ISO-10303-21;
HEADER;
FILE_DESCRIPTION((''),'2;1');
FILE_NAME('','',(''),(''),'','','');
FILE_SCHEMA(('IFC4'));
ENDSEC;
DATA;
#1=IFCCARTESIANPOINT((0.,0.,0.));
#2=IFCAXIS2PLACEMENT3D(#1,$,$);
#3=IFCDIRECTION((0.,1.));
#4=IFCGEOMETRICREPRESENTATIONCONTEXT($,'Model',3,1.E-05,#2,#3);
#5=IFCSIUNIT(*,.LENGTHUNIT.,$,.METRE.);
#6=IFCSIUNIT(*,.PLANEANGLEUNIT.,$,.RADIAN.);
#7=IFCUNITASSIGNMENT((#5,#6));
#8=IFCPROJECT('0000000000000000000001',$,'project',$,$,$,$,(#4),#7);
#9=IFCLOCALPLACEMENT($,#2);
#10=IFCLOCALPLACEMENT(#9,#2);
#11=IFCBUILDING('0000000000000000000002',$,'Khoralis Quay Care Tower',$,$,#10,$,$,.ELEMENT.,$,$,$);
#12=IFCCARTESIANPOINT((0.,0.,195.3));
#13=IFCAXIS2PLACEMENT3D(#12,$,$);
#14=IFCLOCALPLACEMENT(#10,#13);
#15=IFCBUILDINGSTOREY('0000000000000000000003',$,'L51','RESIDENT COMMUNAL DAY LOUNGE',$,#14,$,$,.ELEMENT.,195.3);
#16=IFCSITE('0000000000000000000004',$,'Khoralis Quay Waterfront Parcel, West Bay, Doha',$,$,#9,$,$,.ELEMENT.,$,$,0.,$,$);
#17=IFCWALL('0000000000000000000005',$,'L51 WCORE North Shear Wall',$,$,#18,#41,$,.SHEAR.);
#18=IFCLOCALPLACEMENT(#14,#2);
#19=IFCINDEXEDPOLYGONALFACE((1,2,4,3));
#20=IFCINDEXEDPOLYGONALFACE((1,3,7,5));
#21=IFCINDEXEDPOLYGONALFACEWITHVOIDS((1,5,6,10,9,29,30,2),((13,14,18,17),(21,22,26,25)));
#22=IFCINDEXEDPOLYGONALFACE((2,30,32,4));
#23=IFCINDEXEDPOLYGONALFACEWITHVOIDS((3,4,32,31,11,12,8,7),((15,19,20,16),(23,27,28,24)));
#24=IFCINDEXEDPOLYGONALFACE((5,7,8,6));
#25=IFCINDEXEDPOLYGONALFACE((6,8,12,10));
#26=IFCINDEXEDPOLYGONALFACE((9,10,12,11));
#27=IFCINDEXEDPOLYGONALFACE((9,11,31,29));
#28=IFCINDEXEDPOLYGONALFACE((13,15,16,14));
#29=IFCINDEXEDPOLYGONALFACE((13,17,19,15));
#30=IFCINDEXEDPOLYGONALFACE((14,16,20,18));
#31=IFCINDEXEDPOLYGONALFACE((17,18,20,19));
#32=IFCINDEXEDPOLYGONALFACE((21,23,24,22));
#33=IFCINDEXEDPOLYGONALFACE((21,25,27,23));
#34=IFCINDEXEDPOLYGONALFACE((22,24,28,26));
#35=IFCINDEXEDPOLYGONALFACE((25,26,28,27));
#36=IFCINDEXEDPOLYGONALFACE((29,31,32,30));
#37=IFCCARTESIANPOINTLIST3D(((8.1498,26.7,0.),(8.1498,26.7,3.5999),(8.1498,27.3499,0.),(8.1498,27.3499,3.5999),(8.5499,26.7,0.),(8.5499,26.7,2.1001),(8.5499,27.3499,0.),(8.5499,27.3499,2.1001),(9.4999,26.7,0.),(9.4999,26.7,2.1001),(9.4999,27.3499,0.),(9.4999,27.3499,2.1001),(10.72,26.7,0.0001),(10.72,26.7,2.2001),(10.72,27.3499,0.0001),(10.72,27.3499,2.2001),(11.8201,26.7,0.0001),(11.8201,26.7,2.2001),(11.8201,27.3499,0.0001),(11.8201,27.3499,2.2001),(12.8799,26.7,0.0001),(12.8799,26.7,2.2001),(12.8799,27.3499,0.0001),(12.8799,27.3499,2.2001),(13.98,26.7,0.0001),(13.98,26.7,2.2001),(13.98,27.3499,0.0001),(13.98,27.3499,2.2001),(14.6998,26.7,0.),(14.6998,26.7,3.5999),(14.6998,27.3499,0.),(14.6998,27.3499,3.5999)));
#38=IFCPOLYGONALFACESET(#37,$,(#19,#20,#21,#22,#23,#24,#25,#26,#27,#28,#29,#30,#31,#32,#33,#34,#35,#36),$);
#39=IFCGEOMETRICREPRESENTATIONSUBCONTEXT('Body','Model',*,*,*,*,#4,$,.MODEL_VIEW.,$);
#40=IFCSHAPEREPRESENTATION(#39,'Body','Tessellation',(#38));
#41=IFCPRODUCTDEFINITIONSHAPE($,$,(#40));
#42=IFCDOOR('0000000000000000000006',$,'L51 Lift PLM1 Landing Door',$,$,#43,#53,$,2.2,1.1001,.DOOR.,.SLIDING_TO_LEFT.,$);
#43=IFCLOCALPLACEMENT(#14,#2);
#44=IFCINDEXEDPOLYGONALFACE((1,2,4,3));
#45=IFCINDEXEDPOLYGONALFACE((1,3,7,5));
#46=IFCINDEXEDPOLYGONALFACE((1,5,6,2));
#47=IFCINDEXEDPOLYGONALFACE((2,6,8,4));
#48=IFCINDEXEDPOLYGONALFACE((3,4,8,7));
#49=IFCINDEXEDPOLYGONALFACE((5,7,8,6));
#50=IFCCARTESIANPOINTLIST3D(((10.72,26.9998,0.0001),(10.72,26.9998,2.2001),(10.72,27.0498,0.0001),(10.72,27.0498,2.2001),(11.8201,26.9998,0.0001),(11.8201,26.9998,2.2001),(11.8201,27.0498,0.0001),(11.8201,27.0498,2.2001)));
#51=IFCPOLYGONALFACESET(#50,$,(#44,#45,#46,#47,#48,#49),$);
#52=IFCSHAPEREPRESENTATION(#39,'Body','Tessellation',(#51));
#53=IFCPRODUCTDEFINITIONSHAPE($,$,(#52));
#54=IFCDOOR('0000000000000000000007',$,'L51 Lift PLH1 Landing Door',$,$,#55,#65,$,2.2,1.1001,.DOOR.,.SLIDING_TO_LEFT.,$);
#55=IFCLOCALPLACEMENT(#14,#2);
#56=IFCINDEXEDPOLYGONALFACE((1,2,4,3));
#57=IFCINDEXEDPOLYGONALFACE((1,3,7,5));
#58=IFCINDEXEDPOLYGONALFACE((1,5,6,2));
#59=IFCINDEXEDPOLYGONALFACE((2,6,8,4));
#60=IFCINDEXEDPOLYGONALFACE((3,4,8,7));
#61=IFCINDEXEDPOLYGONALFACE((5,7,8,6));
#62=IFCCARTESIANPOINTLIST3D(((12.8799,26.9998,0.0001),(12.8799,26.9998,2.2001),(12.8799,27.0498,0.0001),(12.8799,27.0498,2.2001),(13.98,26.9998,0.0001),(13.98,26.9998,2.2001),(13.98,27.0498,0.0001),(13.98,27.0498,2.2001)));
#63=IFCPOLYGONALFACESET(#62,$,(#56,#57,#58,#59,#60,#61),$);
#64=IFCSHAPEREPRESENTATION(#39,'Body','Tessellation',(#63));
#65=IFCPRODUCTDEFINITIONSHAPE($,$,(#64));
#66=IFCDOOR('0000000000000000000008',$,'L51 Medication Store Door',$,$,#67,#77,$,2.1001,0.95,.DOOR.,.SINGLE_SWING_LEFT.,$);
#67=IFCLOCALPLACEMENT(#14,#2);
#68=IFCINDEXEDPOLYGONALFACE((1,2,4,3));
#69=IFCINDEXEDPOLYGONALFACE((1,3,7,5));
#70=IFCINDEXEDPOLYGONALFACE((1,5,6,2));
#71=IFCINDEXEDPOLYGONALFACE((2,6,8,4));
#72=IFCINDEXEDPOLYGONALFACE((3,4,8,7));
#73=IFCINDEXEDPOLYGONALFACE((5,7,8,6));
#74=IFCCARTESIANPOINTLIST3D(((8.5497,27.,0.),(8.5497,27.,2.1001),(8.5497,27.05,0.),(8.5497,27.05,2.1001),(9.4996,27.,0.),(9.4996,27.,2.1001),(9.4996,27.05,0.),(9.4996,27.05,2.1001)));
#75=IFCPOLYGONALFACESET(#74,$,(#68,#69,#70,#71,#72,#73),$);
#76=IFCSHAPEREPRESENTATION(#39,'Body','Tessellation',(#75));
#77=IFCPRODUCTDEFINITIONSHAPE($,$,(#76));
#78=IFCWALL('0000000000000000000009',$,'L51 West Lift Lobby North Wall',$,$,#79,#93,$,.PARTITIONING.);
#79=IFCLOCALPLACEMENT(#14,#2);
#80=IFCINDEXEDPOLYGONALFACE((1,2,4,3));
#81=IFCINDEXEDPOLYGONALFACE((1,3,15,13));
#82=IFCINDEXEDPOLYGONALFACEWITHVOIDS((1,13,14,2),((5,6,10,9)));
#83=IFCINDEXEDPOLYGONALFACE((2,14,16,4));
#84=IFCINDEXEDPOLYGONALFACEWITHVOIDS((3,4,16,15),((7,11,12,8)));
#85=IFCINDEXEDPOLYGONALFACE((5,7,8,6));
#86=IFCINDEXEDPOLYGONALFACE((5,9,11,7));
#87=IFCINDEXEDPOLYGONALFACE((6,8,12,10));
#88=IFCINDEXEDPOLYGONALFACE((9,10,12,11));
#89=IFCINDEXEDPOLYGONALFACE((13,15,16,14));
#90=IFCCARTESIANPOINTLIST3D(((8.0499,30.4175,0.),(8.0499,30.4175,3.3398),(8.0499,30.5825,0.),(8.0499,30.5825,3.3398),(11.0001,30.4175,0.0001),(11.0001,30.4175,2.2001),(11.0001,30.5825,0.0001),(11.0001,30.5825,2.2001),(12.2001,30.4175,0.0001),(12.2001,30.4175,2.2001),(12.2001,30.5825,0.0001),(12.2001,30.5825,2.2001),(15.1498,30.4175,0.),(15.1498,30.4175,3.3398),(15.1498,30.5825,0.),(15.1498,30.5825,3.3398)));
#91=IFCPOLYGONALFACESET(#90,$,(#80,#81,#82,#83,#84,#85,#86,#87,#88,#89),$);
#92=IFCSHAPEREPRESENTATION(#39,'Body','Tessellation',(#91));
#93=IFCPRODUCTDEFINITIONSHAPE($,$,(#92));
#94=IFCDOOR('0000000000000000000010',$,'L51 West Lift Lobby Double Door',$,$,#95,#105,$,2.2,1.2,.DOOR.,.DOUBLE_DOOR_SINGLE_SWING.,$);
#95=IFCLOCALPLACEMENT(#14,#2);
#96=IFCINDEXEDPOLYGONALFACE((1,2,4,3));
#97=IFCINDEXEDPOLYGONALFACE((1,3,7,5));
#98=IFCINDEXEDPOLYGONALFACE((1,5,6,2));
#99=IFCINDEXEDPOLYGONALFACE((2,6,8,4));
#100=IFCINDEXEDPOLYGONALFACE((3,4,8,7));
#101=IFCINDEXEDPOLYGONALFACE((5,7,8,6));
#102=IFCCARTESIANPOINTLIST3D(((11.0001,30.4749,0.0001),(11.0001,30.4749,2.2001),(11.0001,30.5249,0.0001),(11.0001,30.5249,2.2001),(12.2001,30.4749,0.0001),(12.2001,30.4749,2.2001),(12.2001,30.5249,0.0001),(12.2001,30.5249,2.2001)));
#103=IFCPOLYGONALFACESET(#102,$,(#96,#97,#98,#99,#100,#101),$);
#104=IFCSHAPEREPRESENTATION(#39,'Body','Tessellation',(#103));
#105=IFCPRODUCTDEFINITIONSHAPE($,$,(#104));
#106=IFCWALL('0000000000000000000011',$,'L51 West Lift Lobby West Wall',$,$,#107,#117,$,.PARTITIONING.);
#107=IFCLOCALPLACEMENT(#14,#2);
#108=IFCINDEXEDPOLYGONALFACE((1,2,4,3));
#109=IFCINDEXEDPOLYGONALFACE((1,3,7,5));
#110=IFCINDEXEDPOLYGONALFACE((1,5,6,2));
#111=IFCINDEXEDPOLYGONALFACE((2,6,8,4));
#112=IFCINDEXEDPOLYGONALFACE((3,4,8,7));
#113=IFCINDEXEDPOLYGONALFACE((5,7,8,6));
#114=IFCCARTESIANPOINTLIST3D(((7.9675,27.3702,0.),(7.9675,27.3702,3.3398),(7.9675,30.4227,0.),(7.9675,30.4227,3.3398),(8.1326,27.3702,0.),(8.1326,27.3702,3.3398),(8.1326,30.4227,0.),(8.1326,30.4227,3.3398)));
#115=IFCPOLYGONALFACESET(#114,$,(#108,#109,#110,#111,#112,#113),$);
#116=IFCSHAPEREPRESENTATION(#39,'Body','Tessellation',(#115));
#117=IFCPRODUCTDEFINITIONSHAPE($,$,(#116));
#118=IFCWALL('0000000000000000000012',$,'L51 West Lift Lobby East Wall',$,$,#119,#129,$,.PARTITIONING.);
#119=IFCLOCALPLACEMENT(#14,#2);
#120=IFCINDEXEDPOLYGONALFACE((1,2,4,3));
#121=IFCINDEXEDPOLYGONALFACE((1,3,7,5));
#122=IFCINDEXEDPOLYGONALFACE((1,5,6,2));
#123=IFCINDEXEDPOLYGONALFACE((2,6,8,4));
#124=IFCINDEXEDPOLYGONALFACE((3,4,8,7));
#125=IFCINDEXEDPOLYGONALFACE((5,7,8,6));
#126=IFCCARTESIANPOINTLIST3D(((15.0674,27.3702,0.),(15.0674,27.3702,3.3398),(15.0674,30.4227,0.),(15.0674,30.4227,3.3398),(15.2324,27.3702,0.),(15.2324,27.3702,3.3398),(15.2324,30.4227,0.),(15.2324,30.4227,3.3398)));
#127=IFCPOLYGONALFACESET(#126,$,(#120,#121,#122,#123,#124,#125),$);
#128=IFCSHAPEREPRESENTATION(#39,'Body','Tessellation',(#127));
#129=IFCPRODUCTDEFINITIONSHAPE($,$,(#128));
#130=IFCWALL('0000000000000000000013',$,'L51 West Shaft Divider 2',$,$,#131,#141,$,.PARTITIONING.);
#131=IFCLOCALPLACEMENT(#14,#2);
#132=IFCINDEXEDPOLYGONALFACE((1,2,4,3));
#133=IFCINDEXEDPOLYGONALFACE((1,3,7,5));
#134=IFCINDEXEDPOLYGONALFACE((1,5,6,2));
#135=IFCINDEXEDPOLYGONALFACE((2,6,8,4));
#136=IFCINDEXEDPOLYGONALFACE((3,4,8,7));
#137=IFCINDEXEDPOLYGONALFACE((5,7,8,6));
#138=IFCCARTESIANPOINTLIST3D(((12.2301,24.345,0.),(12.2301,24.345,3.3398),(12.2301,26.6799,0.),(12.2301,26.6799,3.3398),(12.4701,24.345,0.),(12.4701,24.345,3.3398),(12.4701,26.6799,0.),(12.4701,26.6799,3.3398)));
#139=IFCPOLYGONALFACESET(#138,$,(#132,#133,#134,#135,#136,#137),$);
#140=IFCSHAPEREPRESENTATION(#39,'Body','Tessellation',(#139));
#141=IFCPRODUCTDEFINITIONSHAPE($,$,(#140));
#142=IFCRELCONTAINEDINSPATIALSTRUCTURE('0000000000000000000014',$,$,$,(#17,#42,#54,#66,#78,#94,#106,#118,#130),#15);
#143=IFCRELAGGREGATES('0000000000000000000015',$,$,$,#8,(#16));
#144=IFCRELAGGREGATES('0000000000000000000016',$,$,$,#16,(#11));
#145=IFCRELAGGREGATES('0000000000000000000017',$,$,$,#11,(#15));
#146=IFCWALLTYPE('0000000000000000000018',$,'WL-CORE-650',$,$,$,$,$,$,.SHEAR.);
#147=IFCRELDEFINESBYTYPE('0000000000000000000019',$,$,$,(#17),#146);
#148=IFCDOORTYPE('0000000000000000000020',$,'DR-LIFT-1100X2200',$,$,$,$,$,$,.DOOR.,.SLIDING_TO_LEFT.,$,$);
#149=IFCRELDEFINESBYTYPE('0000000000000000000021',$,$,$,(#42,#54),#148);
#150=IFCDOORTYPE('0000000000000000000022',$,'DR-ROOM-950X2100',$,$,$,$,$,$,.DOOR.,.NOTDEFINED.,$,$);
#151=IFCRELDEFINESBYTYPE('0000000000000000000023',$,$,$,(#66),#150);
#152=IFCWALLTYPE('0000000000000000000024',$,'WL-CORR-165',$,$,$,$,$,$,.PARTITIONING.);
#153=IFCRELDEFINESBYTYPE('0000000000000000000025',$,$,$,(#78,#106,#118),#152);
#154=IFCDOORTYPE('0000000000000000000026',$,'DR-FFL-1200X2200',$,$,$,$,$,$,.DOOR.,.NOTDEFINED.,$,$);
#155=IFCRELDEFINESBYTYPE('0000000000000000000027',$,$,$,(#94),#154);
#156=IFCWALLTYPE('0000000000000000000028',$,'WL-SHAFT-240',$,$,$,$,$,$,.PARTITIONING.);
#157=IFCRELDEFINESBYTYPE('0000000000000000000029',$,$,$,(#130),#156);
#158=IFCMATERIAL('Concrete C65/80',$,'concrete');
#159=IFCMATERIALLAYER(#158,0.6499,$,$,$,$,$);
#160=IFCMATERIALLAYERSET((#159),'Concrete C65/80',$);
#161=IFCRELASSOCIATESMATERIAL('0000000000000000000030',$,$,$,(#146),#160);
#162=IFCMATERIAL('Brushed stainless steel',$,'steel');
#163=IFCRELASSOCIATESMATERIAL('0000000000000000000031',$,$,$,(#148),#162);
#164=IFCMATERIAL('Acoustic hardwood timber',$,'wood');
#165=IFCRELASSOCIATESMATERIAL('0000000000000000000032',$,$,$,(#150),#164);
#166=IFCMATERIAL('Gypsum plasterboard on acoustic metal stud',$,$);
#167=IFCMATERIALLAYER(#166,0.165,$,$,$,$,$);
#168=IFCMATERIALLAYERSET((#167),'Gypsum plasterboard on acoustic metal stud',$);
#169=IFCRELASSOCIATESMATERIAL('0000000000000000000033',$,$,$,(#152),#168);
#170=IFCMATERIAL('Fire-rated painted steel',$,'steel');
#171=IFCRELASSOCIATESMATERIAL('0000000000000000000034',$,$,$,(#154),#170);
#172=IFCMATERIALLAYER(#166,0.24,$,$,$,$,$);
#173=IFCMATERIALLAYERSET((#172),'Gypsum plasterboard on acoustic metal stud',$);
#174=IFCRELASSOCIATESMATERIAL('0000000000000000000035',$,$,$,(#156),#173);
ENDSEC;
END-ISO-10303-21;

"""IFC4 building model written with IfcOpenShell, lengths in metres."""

from ifc_helpers import new_model, si_unit, direction, frame, frame_2d, origin, place, context, subcontext, project, spatial, rectangle, extrude, source, transform, mapped, material, layer, layer_set, type_object, element, fill, save


model = new_model("IFC4")

# Units and contexts
model_context = context("Model", 3, precision=1e-05, world=origin(), true_north=direction((0.0, 1.0)))
body_context = subcontext(model_context, "Body", "Model", "MODEL_VIEW")
ifc_project = project(units=[si_unit("LENGTHUNIT", "METRE"), si_unit("PLANEANGLEUNIT", "RADIAN")], contexts=[model_context])

# Site, building, storey
site_placement = place(None, origin())
site = spatial("IfcSite", under=ifc_project, at=site_placement, Name="Khoralis Quay Waterfront Parcel, West Bay, Doha", CompositionType="ELEMENT", RefElevation=0.0)
building_placement = place(site_placement, origin())
building = spatial("IfcBuilding", under=site, at=building_placement, Name="Khoralis Quay Care Tower", CompositionType="ELEMENT")
storey_placement = place(building_placement, frame((0.0, 0.0, 195.3)))
storey = spatial("IfcBuildingStorey", under=building, at=storey_placement, Name="L51", Description="RESIDENT COMMUNAL DAY LOUNGE", CompositionType="ELEMENT", Elevation=195.3)

# Shared definitions
ifc_material_1 = material(Name="Concrete C65/80", Category="concrete")

# Wall, openings, doors
ifc_layer_1 = layer(ifc_material_1, 0.6499)
ifc_layer_set_1 = layer_set([ifc_layer_1], Name="Concrete C65/80")
wall_type_1 = type_object("IfcWallType", Name="WL-CORE-650", PredefinedType="SHEAR", material=ifc_layer_set_1)
wall_1_placement = place(storey_placement, frame((8.1499, 27.0249, 0.0), z_axis=(0.0, 0.0, 1.0), x_axis=(1.0, 0.0, 0.0)))
wall_1 = element("IfcWall", 1, at=wall_1_placement, inside=storey, type_object=wall_type_1, Name="L51 WCORE North Shear Wall", PredefinedType="SHEAR", context=body_context, shape_type="SweptSolid", body=[
    extrude(rectangle(XDim=6.55, YDim=0.6499, at=frame_2d((3.2749, 0.0))), origin(), (0.0, 0.0, 1.0), 3.5999),
])
opening_1_placement = place(wall_1_placement, frame((0.3999, 0.0, 0.0)))
opening_1 = element("IfcOpeningElement", 2, at=opening_1_placement, cuts=wall_1, PredefinedType="OPENING", context=body_context, shape_type="SweptSolid", body=[
    extrude(rectangle(XDim=0.95, YDim=2.1001, at=frame_2d((0.4751, 1.05))), frame((0.0, 0.335, 0.0), z_axis=(0.0, -1.0, 0.0), x_axis=(1.0, 0.0, 0.0)), (0.0, 0.0, 1.0), 0.6699),
])
opening_2_placement = place(wall_1_placement, frame((2.5701, 0.0, 0.0)))
opening_2 = element("IfcOpeningElement", 3, at=opening_2_placement, cuts=wall_1, PredefinedType="OPENING", context=body_context, shape_type="SweptSolid", body=[
    extrude(rectangle(XDim=1.1001, YDim=2.2, at=frame_2d((0.55, 1.1001))), frame((0.0, 0.335, 0.0), z_axis=(0.0, -1.0, 0.0), x_axis=(1.0, 0.0, 0.0)), (0.0, 0.0, 1.0), 0.6699),
])
opening_3_placement = place(wall_1_placement, frame((4.73, 0.0, 0.0)))
opening_3 = element("IfcOpeningElement", 4, at=opening_3_placement, cuts=wall_1, PredefinedType="OPENING", context=body_context, shape_type="SweptSolid", body=[
    extrude(rectangle(XDim=1.1001, YDim=2.2, at=frame_2d((0.55, 1.1001))), frame((0.0, 0.335, 0.0), z_axis=(0.0, -1.0, 0.0), x_axis=(1.0, 0.0, 0.0)), (0.0, 0.0, 1.0), 0.6699),
])
ifc_material_2 = material(Name="Brushed stainless steel", Category="steel")
door_type_1 = type_object("IfcDoorType", Name="DR-LIFT-1100X2200", OperationType="SLIDING_TO_LEFT", PredefinedType="DOOR", material=ifc_material_2)
shared_shape_1 = source(origin(), body_context, "Body", "SweptSolid", [
    extrude(rectangle(XDim=1.1001, YDim=2.2, at=frame_2d((0.55, 1.1001))), frame((0.0, 0.0249, 0.0), z_axis=(0.0, -1.0, 0.0), x_axis=(1.0, 0.0, 0.0)), (0.0, 0.0, 1.0), 0.05),
])
door_1_placement = place(opening_2_placement, origin())
door_1 = element("IfcDoor", 5, at=door_1_placement, inside=storey, type_object=door_type_1, Name="L51 Lift PLM1 Landing Door", OperationType="SLIDING_TO_LEFT", OverallHeight=2.2, OverallWidth=1.1001, PredefinedType="DOOR", context=body_context, shape_type="MappedRepresentation", body=[
    mapped(shared_shape_1, transform((0.0, 0.0, 0.0), scale=1.0)),
])
fill(opening_2, door_1)
door_2_placement = place(opening_3_placement, origin())
door_2 = element("IfcDoor", 6, at=door_2_placement, inside=storey, type_object=door_type_1, Name="L51 Lift PLH1 Landing Door", OperationType="SLIDING_TO_LEFT", OverallHeight=2.2, OverallWidth=1.1001, PredefinedType="DOOR", context=body_context, shape_type="MappedRepresentation", body=[
    mapped(shared_shape_1, transform((0.0, 0.0, 0.0), scale=1.0)),
])
fill(opening_3, door_2)
ifc_material_3 = material(Name="Acoustic hardwood timber", Category="wood")
door_type_2 = type_object("IfcDoorType", Name="DR-ROOM-950X2100", OperationType="NOTDEFINED", PredefinedType="DOOR", material=ifc_material_3)
shared_shape_2 = source(origin(), body_context, "Body", "SweptSolid", [
    extrude(rectangle(XDim=0.95, YDim=2.1001, at=frame_2d((0.4751, 1.05))), frame((0.0, 0.0249, 0.0), z_axis=(0.0, -1.0, 0.0), x_axis=(1.0, 0.0, 0.0)), (0.0, 0.0, 1.0), 0.05),
])
door_3_placement = place(opening_1_placement, frame((0.95, 0.0, 0.0), z_axis=(0.0, 0.0, 1.0), x_axis=(-1.0, 0.0, 0.0)))
door_3 = element("IfcDoor", 7, at=door_3_placement, inside=storey, type_object=door_type_2, Name="L51 Medication Store Door", OperationType="SINGLE_SWING_LEFT", OverallHeight=2.1001, OverallWidth=0.95, PredefinedType="DOOR", context=body_context, shape_type="MappedRepresentation", body=[
    mapped(shared_shape_2, transform((0.0, 0.0, 0.0), scale=1.0)),
])
fill(opening_1, door_3)

# Wall, opening, door
ifc_material_4 = material(Name="Gypsum plasterboard on acoustic metal stud")
ifc_layer_2 = layer(ifc_material_4, 0.165)
ifc_layer_set_2 = layer_set([ifc_layer_2], Name="Gypsum plasterboard on acoustic metal stud")
wall_type_2 = type_object("IfcWallType", Name="WL-CORR-165", PredefinedType="PARTITIONING", material=ifc_layer_set_2)
wall_2_placement = place(storey_placement, frame((8.05, 30.5, 0.0), z_axis=(0.0, 0.0, 1.0), x_axis=(1.0, 0.0, 0.0)))
wall_2 = element("IfcWall", 8, at=wall_2_placement, inside=storey, type_object=wall_type_2, Name="L51 West Lift Lobby North Wall", PredefinedType="PARTITIONING", context=body_context, shape_type="SweptSolid", body=[
    extrude(rectangle(XDim=7.0999, YDim=0.165, at=frame_2d((3.5498, 0.0))), origin(), (0.0, 0.0, 1.0), 3.3398),
])
opening_4_placement = place(wall_2_placement, frame((2.95, 0.0, 0.0)))
opening_4 = element("IfcOpeningElement", 9, at=opening_4_placement, cuts=wall_2, PredefinedType="OPENING", context=body_context, shape_type="SweptSolid", body=[
    extrude(rectangle(XDim=1.2, YDim=2.2, at=frame_2d((0.6001, 1.1001))), frame((0.0, 0.0925, 0.0), z_axis=(0.0, -1.0, 0.0), x_axis=(1.0, 0.0, 0.0)), (0.0, 0.0, 1.0), 0.1851),
])
ifc_material_5 = material(Name="Fire-rated painted steel", Category="steel")
door_type_3 = type_object("IfcDoorType", Name="DR-FFL-1200X2200", OperationType="NOTDEFINED", PredefinedType="DOOR", material=ifc_material_5)
shared_shape_3 = source(origin(), body_context, "Body", "SweptSolid", [
    extrude(rectangle(XDim=1.2, YDim=2.2, at=frame_2d((0.6001, 1.1001))), frame((0.0, 0.0249, 0.0), z_axis=(0.0, -1.0, 0.0), x_axis=(1.0, 0.0, 0.0)), (0.0, 0.0, 1.0), 0.05),
])
door_4_placement = place(opening_4_placement, origin())
door_4 = element("IfcDoor", 10, at=door_4_placement, inside=storey, type_object=door_type_3, Name="L51 West Lift Lobby Double Door", OperationType="DOUBLE_DOOR_SINGLE_SWING", OverallHeight=2.2, OverallWidth=1.2, PredefinedType="DOOR", context=body_context, shape_type="MappedRepresentation", body=[
    mapped(shared_shape_3, transform((0.0, 0.0, 0.0), scale=1.0)),
])
fill(opening_4, door_4)

# Walls
for number, where, z_axis, x_axis, name in (
    (11, (8.05, 27.3701, 0.0), (0.0, 0.0, 1.0), (0.0, 1.0, 0.0), "L51 West Lift Lobby West Wall"),
    (12, (15.1499, 27.3701, 0.0), (0.0, 0.0, 1.0), (0.0, 1.0, 0.0), "L51 West Lift Lobby East Wall"),
):
    element("IfcWall", number, at=place(storey_placement, frame(where, z_axis=z_axis, x_axis=x_axis)), inside=storey, type_object=wall_type_2, Name=name, PredefinedType="PARTITIONING", context=body_context, shape_type="SweptSolid", body=[
        extrude(rectangle(XDim=3.0525, YDim=0.165, at=frame_2d((1.5264, 0.0))), origin(), (0.0, 0.0, 1.0), 3.3398),
    ])
ifc_layer_3 = layer(ifc_material_4, 0.24)
ifc_layer_set_3 = layer_set([ifc_layer_3], Name="Gypsum plasterboard on acoustic metal stud")
wall_type_3 = type_object("IfcWallType", Name="WL-SHAFT-240", PredefinedType="PARTITIONING", material=ifc_layer_set_3)
wall_3_placement = place(storey_placement, frame((12.3501, 24.345, 0.0), z_axis=(0.0, 0.0, 1.0), x_axis=(0.0, 1.0, 0.0)))
element("IfcWall", 13, at=wall_3_placement, inside=storey, type_object=wall_type_3, Name="L51 West Shaft Divider 2", PredefinedType="PARTITIONING", context=body_context, shape_type="SweptSolid", body=[
    extrude(rectangle(XDim=2.335, YDim=0.24, at=frame_2d((1.1675, 0.0))), origin(), (0.0, 0.0, 1.0), 3.3398),
])

save(model, "model.ifc")
